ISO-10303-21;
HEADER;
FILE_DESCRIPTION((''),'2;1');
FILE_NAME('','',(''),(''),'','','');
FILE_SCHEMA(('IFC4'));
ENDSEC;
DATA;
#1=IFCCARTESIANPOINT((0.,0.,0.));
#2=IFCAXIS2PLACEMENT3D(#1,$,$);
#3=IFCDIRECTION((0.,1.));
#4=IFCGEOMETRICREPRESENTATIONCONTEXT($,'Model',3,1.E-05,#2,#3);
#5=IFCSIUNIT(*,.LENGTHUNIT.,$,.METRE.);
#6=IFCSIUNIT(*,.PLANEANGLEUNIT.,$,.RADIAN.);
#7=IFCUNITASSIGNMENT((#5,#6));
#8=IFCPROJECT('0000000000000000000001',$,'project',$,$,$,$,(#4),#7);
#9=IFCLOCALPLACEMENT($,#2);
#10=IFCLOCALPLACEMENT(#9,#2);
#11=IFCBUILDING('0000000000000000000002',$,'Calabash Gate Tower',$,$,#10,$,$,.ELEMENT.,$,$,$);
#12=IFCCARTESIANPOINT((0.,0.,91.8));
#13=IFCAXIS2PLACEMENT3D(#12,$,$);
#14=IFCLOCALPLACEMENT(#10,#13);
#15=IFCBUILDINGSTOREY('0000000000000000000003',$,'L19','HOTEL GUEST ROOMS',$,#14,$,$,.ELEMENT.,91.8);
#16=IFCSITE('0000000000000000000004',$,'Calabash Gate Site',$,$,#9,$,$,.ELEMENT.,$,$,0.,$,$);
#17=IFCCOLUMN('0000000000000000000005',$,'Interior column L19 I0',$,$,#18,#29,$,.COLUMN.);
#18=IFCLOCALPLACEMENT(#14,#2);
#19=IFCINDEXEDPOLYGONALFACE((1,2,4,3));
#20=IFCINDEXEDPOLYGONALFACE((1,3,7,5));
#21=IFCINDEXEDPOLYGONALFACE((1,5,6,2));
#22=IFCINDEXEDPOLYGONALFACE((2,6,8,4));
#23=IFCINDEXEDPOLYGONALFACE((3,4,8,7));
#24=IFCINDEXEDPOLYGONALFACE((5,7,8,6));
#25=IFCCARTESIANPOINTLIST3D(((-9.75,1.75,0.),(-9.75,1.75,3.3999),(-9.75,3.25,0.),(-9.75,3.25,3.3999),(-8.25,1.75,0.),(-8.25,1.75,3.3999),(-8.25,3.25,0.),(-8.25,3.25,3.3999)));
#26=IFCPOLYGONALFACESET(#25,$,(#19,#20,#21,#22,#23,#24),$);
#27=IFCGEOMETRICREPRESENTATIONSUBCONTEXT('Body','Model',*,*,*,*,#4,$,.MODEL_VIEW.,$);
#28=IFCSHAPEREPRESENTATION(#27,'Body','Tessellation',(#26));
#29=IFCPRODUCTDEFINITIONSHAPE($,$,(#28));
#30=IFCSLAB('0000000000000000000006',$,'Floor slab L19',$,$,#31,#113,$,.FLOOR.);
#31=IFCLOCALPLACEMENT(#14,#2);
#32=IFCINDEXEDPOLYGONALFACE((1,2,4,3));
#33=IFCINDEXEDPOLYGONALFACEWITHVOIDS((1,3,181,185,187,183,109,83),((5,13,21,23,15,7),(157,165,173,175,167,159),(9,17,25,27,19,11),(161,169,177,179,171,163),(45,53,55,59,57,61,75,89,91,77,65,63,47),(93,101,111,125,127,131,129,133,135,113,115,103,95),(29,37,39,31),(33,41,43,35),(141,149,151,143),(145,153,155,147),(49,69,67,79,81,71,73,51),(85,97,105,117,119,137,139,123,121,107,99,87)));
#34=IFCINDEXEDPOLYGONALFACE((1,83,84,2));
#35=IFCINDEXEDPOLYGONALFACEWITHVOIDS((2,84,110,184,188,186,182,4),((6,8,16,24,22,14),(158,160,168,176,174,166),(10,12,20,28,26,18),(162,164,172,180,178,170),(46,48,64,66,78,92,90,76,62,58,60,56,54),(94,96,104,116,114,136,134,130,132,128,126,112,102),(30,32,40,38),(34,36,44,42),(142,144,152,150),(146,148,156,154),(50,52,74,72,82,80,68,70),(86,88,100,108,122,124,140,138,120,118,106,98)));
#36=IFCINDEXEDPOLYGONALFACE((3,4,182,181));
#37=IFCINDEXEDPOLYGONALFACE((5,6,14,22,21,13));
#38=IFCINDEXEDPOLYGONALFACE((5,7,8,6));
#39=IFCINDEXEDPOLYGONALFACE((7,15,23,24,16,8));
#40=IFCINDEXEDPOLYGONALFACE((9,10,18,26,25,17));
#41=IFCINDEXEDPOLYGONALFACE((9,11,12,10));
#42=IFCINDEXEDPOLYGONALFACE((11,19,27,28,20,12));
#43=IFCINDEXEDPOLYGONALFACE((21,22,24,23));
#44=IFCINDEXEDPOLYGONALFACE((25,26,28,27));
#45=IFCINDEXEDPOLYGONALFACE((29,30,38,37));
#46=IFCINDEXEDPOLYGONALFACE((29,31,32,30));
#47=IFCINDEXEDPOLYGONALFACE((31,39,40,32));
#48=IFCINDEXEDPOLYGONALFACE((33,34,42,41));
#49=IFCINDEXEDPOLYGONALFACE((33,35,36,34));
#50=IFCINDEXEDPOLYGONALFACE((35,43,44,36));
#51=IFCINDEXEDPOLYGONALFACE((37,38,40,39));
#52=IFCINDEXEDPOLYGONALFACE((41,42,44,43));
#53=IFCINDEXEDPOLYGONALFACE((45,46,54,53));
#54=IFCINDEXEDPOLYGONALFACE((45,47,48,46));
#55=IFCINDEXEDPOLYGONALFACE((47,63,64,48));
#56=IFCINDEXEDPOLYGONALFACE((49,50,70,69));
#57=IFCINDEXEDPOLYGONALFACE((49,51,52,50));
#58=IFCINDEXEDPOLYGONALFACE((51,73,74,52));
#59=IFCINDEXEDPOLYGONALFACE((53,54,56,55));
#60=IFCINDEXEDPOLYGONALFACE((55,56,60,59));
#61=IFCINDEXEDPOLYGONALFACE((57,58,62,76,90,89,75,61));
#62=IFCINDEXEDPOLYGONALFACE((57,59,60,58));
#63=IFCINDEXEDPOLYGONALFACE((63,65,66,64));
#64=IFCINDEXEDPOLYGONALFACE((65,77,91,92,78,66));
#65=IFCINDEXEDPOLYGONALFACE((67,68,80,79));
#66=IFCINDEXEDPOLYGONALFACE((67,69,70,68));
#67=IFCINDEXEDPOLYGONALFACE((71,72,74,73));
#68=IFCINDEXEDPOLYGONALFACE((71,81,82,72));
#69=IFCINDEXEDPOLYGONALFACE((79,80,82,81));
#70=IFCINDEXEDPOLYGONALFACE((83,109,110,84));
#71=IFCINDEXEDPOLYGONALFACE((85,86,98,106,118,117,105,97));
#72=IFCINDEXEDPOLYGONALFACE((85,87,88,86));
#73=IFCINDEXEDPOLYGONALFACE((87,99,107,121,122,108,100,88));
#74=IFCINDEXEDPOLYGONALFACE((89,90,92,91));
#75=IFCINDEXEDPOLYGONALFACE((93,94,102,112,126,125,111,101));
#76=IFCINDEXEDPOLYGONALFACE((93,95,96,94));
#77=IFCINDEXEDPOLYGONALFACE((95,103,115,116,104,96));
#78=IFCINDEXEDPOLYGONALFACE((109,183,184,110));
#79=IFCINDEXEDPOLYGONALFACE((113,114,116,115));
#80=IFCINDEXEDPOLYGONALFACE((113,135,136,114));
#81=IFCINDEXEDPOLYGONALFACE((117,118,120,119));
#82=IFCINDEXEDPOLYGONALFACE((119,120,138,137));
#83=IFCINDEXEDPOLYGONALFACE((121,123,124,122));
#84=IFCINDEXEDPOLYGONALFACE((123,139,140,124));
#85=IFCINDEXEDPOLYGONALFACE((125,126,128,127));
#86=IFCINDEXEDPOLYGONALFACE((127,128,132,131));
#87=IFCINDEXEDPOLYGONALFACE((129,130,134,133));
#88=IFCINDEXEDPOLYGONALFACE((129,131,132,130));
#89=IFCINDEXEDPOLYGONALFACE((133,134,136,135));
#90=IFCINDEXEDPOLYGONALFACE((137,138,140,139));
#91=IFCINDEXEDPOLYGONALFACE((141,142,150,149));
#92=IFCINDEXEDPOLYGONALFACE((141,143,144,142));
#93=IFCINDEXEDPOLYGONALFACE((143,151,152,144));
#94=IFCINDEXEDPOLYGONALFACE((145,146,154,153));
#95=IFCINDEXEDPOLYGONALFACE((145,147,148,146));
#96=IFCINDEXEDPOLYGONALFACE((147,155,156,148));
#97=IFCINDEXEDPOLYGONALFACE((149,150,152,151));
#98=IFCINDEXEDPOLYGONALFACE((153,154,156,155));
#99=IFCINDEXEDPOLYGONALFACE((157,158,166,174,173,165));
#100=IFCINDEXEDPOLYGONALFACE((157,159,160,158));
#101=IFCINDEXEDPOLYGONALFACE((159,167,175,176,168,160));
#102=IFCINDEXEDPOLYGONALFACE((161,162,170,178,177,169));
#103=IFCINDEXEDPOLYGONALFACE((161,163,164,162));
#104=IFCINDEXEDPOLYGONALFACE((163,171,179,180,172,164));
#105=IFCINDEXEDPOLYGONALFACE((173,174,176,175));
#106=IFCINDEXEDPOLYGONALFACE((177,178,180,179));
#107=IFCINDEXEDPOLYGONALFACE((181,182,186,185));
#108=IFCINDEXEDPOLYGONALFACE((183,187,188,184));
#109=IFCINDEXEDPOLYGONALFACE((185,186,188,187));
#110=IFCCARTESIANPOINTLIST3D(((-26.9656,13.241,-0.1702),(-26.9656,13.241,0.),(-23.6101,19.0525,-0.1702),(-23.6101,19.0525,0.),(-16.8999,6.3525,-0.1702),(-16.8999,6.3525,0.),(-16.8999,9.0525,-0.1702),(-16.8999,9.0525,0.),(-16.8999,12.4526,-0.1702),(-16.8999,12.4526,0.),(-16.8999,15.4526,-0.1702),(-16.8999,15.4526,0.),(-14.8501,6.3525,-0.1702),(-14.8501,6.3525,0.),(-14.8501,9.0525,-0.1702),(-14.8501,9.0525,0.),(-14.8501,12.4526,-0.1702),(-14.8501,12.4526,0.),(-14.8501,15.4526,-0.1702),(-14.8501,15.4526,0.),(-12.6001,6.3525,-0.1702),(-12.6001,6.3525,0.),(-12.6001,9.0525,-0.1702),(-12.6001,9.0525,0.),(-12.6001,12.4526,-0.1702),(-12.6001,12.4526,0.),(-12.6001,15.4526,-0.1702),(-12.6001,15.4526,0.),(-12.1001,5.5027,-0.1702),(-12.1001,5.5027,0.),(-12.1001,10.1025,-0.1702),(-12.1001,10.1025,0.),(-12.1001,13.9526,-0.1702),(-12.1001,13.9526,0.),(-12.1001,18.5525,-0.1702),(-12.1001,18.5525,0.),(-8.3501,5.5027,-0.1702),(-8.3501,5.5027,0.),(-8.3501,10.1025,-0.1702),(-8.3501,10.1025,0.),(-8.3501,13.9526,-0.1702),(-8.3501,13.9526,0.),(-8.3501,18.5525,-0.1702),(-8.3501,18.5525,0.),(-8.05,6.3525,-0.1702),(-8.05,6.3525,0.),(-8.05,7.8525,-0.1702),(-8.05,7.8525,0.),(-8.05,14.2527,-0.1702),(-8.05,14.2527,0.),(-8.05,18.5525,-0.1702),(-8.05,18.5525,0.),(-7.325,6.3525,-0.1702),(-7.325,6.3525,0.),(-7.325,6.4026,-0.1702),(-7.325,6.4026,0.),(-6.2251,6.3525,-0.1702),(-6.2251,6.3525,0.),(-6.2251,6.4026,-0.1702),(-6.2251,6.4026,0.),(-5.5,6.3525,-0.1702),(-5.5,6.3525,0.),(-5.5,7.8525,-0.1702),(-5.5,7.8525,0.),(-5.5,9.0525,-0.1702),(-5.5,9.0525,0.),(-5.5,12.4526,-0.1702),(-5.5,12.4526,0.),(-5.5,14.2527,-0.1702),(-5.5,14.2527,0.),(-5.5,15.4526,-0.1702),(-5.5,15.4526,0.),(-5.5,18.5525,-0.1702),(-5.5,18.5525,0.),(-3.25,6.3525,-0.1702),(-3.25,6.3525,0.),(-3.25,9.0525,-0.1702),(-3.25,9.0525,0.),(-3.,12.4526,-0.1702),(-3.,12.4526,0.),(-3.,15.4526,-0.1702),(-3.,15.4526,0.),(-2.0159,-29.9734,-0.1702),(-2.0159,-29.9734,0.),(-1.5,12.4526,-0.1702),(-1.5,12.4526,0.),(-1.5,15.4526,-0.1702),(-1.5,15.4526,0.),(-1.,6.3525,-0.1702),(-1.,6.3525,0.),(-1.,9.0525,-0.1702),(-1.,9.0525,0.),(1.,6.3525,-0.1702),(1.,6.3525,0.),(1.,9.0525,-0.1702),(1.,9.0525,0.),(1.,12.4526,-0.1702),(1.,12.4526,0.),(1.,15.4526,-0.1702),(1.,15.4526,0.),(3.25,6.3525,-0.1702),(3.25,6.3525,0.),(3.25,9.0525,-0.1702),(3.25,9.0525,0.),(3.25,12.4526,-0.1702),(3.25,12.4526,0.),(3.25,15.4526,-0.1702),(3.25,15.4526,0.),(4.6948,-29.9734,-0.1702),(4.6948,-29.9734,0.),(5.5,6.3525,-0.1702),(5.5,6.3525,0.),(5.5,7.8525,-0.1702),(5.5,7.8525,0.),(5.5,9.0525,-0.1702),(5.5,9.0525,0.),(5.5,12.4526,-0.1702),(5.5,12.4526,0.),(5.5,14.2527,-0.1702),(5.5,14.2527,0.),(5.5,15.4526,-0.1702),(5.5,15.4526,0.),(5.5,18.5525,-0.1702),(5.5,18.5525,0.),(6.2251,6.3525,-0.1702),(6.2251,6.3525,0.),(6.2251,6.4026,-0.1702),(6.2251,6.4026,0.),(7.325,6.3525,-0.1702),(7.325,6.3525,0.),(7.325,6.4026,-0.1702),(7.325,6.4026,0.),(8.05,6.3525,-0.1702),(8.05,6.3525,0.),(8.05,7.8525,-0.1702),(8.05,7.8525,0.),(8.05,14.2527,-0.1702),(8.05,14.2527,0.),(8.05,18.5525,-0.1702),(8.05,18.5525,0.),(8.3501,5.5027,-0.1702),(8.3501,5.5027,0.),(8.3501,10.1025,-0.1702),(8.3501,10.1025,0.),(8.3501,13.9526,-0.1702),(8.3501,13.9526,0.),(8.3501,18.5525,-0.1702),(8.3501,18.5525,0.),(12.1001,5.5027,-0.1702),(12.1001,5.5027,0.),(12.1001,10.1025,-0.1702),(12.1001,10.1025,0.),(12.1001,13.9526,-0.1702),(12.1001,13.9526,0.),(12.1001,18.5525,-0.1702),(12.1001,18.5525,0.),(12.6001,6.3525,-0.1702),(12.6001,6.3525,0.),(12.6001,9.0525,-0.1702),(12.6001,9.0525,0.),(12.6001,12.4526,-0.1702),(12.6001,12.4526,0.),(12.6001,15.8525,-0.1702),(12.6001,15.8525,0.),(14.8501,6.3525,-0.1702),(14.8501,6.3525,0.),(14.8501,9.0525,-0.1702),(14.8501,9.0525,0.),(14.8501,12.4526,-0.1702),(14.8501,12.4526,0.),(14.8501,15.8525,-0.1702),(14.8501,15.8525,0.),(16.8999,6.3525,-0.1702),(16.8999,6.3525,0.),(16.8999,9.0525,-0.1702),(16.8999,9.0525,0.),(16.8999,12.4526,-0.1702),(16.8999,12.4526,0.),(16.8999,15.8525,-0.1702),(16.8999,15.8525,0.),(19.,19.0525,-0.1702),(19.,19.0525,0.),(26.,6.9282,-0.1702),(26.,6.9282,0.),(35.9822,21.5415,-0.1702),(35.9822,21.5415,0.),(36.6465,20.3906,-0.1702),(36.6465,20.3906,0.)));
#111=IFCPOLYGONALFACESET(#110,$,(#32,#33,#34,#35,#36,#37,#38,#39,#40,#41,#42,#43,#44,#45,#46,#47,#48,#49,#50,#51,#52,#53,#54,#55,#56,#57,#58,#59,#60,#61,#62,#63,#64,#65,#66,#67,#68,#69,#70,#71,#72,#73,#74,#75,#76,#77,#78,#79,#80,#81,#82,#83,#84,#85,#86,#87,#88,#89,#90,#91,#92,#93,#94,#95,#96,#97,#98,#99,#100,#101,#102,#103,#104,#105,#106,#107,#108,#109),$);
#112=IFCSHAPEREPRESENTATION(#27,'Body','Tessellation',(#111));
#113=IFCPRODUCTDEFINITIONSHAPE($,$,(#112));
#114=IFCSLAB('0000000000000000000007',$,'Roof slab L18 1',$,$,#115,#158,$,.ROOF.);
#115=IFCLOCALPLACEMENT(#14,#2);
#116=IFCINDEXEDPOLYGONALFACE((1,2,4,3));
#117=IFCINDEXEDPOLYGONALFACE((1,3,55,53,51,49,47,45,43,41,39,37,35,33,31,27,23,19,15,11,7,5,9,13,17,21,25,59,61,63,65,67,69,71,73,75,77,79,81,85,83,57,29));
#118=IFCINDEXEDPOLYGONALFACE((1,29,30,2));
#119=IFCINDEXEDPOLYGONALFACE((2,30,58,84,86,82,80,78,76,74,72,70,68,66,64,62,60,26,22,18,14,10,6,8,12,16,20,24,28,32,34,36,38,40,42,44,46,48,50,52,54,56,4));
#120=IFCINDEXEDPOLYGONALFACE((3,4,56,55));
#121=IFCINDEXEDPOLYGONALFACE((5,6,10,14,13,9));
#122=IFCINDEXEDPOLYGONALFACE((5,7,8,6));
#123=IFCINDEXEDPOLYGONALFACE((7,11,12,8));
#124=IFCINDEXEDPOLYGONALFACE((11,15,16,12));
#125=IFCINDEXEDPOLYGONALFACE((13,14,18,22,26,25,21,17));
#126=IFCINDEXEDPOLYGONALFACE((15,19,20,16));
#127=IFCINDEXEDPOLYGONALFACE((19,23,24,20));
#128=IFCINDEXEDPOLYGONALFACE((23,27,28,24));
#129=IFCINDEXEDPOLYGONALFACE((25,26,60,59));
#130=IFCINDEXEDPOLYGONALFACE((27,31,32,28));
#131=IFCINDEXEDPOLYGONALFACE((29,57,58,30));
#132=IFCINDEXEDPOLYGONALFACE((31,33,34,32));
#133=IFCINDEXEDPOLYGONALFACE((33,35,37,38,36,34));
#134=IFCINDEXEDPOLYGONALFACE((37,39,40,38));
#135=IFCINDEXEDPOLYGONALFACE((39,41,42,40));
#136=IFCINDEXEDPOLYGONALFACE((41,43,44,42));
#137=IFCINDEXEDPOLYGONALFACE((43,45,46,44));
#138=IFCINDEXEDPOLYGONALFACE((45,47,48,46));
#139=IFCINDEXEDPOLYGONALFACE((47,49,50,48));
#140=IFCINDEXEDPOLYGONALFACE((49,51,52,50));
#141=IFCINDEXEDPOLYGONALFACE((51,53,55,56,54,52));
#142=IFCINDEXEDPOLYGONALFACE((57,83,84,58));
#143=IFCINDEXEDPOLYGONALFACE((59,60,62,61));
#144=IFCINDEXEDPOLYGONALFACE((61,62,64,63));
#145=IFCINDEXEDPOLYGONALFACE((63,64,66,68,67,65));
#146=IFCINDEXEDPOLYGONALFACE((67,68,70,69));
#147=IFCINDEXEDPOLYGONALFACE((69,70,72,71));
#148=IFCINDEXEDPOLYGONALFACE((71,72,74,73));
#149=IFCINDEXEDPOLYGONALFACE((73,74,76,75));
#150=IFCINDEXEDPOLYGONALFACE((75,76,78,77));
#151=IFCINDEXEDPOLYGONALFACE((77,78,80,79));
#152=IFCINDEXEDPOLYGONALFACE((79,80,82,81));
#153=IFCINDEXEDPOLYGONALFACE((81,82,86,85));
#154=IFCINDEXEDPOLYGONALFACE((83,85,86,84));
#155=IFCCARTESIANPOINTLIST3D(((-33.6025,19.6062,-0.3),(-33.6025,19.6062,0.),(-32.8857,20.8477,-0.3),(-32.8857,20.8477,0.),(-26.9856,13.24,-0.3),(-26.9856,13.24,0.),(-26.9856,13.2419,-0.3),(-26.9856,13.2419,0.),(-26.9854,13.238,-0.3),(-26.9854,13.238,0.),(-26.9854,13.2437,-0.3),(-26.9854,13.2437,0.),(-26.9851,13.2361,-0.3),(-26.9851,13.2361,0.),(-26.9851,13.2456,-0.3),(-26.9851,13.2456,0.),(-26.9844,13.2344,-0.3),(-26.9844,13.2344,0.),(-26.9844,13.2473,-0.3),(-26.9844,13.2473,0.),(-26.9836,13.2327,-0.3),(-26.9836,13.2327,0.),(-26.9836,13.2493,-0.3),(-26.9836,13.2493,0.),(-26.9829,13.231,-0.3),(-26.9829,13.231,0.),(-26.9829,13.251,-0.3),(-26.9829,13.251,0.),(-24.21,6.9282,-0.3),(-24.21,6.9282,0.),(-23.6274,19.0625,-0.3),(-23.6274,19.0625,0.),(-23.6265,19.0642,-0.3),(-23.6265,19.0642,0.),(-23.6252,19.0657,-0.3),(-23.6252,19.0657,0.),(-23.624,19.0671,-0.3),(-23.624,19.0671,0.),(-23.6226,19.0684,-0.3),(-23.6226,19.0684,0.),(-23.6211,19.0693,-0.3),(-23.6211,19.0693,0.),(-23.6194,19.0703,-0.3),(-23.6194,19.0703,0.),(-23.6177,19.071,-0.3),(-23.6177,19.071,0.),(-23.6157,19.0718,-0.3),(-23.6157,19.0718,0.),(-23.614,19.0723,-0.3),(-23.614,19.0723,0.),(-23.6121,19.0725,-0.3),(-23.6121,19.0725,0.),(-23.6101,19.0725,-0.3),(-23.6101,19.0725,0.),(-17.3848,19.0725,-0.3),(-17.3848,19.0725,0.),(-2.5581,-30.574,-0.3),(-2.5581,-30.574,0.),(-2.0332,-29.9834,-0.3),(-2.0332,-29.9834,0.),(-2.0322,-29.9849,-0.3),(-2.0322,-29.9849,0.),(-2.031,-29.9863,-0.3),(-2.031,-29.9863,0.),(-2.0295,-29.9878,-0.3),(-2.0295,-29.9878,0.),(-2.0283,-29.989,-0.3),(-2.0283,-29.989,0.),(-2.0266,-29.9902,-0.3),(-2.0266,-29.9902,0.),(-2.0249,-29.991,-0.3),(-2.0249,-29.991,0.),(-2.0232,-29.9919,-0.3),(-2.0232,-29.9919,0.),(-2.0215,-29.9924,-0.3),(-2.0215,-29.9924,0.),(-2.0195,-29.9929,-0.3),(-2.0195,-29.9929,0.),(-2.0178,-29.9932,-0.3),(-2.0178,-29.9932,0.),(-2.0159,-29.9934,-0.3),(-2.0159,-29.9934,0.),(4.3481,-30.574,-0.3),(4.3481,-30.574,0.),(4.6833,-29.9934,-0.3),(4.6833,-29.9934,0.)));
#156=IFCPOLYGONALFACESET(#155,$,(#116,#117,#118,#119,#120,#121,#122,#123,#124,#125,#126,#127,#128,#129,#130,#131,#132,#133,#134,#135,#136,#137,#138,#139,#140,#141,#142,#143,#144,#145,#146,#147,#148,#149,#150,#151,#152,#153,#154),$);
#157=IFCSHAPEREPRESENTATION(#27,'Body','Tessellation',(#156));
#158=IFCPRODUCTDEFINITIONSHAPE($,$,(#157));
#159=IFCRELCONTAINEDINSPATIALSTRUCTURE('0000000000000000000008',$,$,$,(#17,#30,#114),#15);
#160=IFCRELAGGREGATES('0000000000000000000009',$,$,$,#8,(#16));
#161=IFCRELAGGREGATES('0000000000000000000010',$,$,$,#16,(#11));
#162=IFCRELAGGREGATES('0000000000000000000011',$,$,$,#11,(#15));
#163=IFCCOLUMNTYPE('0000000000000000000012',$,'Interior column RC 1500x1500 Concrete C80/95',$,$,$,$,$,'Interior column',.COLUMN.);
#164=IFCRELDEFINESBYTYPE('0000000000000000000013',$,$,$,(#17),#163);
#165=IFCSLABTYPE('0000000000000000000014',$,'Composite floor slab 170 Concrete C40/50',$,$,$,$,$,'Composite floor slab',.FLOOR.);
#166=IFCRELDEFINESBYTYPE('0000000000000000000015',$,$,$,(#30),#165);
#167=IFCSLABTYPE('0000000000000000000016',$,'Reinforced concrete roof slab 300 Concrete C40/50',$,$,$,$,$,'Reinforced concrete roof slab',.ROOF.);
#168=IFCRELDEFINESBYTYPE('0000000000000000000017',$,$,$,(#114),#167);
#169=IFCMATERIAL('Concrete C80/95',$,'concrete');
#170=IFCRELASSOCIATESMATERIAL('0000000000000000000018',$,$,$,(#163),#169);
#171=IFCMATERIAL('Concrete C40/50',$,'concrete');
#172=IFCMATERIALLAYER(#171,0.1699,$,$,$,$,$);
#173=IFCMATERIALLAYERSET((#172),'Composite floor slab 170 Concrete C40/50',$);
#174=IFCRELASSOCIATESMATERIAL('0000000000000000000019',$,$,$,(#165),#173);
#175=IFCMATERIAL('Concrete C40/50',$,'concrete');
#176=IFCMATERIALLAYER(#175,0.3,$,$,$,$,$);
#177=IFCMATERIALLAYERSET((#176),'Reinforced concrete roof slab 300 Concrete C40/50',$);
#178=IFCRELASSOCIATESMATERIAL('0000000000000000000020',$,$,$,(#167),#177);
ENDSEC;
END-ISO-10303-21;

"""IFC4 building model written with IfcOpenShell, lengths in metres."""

from ifc_helpers import new_model, si_unit, direction, frame, origin, origin_2d, place, context, subcontext, project, spatial, polyline, rectangle, outline, extrude, material, layer, layer_set, material_profile, profile_set, type_object, element, save


model = new_model("IFC4")

# Units and contexts
model_context = context("Model", 3, precision=1e-05, world=origin(), true_north=direction((0.0, 1.0)))
body_context = subcontext(model_context, "Body", "Model", "MODEL_VIEW")
ifc_project = project(units=[si_unit("LENGTHUNIT", "METRE"), si_unit("PLANEANGLEUNIT", "RADIAN")], contexts=[model_context])

# Site, building, storey
site_placement = place(None, origin())
site = spatial("IfcSite", under=ifc_project, at=site_placement, Name="Calabash Gate Site", CompositionType="ELEMENT", RefElevation=0.0)
building_placement = place(site_placement, origin())
building = spatial("IfcBuilding", under=site, at=building_placement, Name="Calabash Gate Tower", CompositionType="ELEMENT")
storey_placement = place(building_placement, frame((0.0, 0.0, 91.8)))
storey = spatial("IfcBuildingStorey", under=building, at=storey_placement, Name="L19", Description="HOTEL GUEST ROOMS", CompositionType="ELEMENT", Elevation=91.8)

# Column
ifc_material_1 = material(Name="Concrete C80/95", Category="concrete")
ifc_material_profile = material_profile(ifc_material_1, rectangle(XDim=1.5, YDim=1.5, at=origin_2d()))
ifc_profile_set = profile_set([ifc_material_profile], Name="Concrete C80/95")
column_type = type_object("IfcColumnType", Name="Interior column RC 1500x1500 Concrete C80/95", ElementType="Interior column", PredefinedType="COLUMN", material=ifc_profile_set)
column_placement = place(storey_placement, frame((-9.0, 2.5, 0.0), z_axis=(0.0, 0.0, 1.0), x_axis=(1.0, 0.0, 0.0)))
element("IfcColumn", 1, at=column_placement, inside=storey, type_object=column_type, Name="Interior column L19 I0", PredefinedType="COLUMN", context=body_context, shape_type="SweptSolid", body=[
    extrude(rectangle(XDim=1.5, YDim=1.5, at=origin_2d()), origin(), (0.0, 0.0, 1.0), 3.3999),
])

# Slabs
ifc_material_2 = material(Name="Concrete C40/50", Category="concrete")
ifc_layer_1 = layer(ifc_material_2, 0.1699)
ifc_layer_set_1 = layer_set([ifc_layer_1], Name="Composite floor slab 170 Concrete C40/50")
slab_type_1 = type_object("IfcSlabType", Name="Composite floor slab 170 Concrete C40/50", ElementType="Composite floor slab", PredefinedType="FLOOR", material=ifc_layer_set_1)
slab_1_placement = place(storey_placement, frame((0.0, 0.0, -0.1702)))
element("IfcSlab", 2, at=slab_1_placement, inside=storey, type_object=slab_type_1, Name="Floor slab L19", PredefinedType="FLOOR", context=body_context, shape_type="SweptSolid", body=[
    extrude(outline(polyline([(-26.9656, 13.241), (-23.6101, 19.0525), (19.0, 19.0525), (35.9822, 21.5415), (36.6465, 20.3906), (26.0, 6.9282), (4.6948, -29.9734), (-2.0159, -29.9734), (-26.9656, 13.241)]), holes=[polyline([(-5.5, 9.0525), (-5.5, 7.8525), (-8.05, 7.8525), (-8.05, 6.3525), (-7.325, 6.3525), (-7.325, 6.4026), (-6.2251, 6.4026), (-6.2251, 6.3525), (-5.5, 6.3525), (-3.25, 6.3525), (-1.0, 6.3525), (-1.0, 9.0525), (-3.25, 9.0525), (-5.5, 9.0525)]), polyline([(5.5, 9.0525), (3.25, 9.0525), (1.0, 9.0525), (1.0, 6.3525), (3.25, 6.3525), (5.5, 6.3525), (6.2251, 6.3525), (6.2251, 6.4026), (7.325, 6.4026), (7.325, 6.3525), (8.05, 6.3525), (8.05, 7.8525), (5.5, 7.8525), (5.5, 9.0525)]), polyline([(-5.5, 14.2527), (-5.5, 12.4526), (-3.0, 12.4526), (-3.0, 15.4526), (-5.5, 15.4526), (-5.5, 18.5525), (-8.05, 18.5525), (-8.05, 14.2527), (-5.5, 14.2527)]), polyline([(8.05, 18.5525), (5.5, 18.5525), (5.5, 15.4526), (3.25, 15.4526), (1.0, 15.4526), (-1.5, 15.4526), (-1.5, 12.4526), (1.0, 12.4526), (3.25, 12.4526), (5.5, 12.4526), (5.5, 14.2527), (8.05, 14.2527), (8.05, 18.5525)]), polyline([(-12.6001, 6.3525), (-12.6001, 9.0525), (-14.8501, 9.0525), (-16.8999, 9.0525), (-16.8999, 6.3525), (-14.8501, 6.3525), (-12.6001, 6.3525)]), polyline([(-14.8501, 12.4526), (-12.6001, 12.4526), (-12.6001, 15.4526), (-14.8501, 15.4526), (-16.8999, 15.4526), (-16.8999, 12.4526), (-14.8501, 12.4526)]), polyline([(14.8501, 6.3525), (16.8999, 6.3525), (16.8999, 9.0525), (14.8501, 9.0525), (12.6001, 9.0525), (12.6001, 6.3525), (14.8501, 6.3525)]), polyline([(14.8501, 12.4526), (16.8999, 12.4526), (16.8999, 15.8525), (14.8501, 15.8525), (12.6001, 15.8525), (12.6001, 12.4526), (14.8501, 12.4526)]), polyline([(-8.3501, 18.5525), (-12.1001, 18.5525), (-12.1001, 13.9526), (-8.3501, 13.9526), (-8.3501, 18.5525)]), polyline([(-12.1001, 10.1025), (-12.1001, 5.5027), (-8.3501, 5.5027), (-8.3501, 10.1025), (-12.1001, 10.1025)]), polyline([(8.3501, 13.9526), (12.1001, 13.9526), (12.1001, 18.5525), (8.3501, 18.5525), (8.3501, 13.9526)]), polyline([(12.1001, 5.5027), (12.1001, 10.1025), (8.3501, 10.1025), (8.3501, 5.5027), (12.1001, 5.5027)])]), origin(), (0.0, 0.0, 1.0), 0.1702),
])
ifc_material_3 = material(Name="Concrete C40/50", Category="concrete")
ifc_layer_2 = layer(ifc_material_3, 0.3)
ifc_layer_set_2 = layer_set([ifc_layer_2], Name="Reinforced concrete roof slab 300 Concrete C40/50")
slab_type_2 = type_object("IfcSlabType", Name="Reinforced concrete roof slab 300 Concrete C40/50", ElementType="Reinforced concrete roof slab", PredefinedType="ROOF", material=ifc_layer_set_2)
slab_2_placement = place(storey_placement, frame((0.0, 0.0, -0.3)))
element("IfcSlab", 3, at=slab_2_placement, inside=storey, type_object=slab_type_2, Name="Roof slab L18 1", PredefinedType="ROOF", context=body_context, shape_type="SweptSolid", body=[
    extrude(outline(polyline([(4.3481, -30.574), (-2.5581, -30.574), (-24.21, 6.9282), (-33.6025, 19.6062), (-32.8857, 20.8477), (-17.3848, 19.0725), (-23.6101, 19.0725), (-23.6121, 19.0725), (-23.614, 19.0723), (-23.6157, 19.0718), (-23.6177, 19.071), (-23.6194, 19.0703), (-23.6211, 19.0693), (-23.6226, 19.0684), (-23.624, 19.0671), (-23.6252, 19.0657), (-23.6265, 19.0642), (-23.6274, 19.0625), (-26.9829, 13.251), (-26.9836, 13.2493), (-26.9844, 13.2473), (-26.9851, 13.2456), (-26.9854, 13.2437), (-26.9856, 13.2419), (-26.9856, 13.24), (-26.9854, 13.238), (-26.9851, 13.2361), (-26.9844, 13.2344), (-26.9836, 13.2327), (-26.9829, 13.231), (-2.0332, -29.9834), (-2.0322, -29.9849), (-2.031, -29.9863), (-2.0295, -29.9878), (-2.0283, -29.989), (-2.0266, -29.9902), (-2.0249, -29.991), (-2.0232, -29.9919), (-2.0215, -29.9924), (-2.0195, -29.9929), (-2.0178, -29.9932), (-2.0159, -29.9934), (4.6833, -29.9934), (4.3481, -30.574)])), origin(), (0.0, 0.0, 1.0), 0.3),
])

save(model, "model.ifc")
